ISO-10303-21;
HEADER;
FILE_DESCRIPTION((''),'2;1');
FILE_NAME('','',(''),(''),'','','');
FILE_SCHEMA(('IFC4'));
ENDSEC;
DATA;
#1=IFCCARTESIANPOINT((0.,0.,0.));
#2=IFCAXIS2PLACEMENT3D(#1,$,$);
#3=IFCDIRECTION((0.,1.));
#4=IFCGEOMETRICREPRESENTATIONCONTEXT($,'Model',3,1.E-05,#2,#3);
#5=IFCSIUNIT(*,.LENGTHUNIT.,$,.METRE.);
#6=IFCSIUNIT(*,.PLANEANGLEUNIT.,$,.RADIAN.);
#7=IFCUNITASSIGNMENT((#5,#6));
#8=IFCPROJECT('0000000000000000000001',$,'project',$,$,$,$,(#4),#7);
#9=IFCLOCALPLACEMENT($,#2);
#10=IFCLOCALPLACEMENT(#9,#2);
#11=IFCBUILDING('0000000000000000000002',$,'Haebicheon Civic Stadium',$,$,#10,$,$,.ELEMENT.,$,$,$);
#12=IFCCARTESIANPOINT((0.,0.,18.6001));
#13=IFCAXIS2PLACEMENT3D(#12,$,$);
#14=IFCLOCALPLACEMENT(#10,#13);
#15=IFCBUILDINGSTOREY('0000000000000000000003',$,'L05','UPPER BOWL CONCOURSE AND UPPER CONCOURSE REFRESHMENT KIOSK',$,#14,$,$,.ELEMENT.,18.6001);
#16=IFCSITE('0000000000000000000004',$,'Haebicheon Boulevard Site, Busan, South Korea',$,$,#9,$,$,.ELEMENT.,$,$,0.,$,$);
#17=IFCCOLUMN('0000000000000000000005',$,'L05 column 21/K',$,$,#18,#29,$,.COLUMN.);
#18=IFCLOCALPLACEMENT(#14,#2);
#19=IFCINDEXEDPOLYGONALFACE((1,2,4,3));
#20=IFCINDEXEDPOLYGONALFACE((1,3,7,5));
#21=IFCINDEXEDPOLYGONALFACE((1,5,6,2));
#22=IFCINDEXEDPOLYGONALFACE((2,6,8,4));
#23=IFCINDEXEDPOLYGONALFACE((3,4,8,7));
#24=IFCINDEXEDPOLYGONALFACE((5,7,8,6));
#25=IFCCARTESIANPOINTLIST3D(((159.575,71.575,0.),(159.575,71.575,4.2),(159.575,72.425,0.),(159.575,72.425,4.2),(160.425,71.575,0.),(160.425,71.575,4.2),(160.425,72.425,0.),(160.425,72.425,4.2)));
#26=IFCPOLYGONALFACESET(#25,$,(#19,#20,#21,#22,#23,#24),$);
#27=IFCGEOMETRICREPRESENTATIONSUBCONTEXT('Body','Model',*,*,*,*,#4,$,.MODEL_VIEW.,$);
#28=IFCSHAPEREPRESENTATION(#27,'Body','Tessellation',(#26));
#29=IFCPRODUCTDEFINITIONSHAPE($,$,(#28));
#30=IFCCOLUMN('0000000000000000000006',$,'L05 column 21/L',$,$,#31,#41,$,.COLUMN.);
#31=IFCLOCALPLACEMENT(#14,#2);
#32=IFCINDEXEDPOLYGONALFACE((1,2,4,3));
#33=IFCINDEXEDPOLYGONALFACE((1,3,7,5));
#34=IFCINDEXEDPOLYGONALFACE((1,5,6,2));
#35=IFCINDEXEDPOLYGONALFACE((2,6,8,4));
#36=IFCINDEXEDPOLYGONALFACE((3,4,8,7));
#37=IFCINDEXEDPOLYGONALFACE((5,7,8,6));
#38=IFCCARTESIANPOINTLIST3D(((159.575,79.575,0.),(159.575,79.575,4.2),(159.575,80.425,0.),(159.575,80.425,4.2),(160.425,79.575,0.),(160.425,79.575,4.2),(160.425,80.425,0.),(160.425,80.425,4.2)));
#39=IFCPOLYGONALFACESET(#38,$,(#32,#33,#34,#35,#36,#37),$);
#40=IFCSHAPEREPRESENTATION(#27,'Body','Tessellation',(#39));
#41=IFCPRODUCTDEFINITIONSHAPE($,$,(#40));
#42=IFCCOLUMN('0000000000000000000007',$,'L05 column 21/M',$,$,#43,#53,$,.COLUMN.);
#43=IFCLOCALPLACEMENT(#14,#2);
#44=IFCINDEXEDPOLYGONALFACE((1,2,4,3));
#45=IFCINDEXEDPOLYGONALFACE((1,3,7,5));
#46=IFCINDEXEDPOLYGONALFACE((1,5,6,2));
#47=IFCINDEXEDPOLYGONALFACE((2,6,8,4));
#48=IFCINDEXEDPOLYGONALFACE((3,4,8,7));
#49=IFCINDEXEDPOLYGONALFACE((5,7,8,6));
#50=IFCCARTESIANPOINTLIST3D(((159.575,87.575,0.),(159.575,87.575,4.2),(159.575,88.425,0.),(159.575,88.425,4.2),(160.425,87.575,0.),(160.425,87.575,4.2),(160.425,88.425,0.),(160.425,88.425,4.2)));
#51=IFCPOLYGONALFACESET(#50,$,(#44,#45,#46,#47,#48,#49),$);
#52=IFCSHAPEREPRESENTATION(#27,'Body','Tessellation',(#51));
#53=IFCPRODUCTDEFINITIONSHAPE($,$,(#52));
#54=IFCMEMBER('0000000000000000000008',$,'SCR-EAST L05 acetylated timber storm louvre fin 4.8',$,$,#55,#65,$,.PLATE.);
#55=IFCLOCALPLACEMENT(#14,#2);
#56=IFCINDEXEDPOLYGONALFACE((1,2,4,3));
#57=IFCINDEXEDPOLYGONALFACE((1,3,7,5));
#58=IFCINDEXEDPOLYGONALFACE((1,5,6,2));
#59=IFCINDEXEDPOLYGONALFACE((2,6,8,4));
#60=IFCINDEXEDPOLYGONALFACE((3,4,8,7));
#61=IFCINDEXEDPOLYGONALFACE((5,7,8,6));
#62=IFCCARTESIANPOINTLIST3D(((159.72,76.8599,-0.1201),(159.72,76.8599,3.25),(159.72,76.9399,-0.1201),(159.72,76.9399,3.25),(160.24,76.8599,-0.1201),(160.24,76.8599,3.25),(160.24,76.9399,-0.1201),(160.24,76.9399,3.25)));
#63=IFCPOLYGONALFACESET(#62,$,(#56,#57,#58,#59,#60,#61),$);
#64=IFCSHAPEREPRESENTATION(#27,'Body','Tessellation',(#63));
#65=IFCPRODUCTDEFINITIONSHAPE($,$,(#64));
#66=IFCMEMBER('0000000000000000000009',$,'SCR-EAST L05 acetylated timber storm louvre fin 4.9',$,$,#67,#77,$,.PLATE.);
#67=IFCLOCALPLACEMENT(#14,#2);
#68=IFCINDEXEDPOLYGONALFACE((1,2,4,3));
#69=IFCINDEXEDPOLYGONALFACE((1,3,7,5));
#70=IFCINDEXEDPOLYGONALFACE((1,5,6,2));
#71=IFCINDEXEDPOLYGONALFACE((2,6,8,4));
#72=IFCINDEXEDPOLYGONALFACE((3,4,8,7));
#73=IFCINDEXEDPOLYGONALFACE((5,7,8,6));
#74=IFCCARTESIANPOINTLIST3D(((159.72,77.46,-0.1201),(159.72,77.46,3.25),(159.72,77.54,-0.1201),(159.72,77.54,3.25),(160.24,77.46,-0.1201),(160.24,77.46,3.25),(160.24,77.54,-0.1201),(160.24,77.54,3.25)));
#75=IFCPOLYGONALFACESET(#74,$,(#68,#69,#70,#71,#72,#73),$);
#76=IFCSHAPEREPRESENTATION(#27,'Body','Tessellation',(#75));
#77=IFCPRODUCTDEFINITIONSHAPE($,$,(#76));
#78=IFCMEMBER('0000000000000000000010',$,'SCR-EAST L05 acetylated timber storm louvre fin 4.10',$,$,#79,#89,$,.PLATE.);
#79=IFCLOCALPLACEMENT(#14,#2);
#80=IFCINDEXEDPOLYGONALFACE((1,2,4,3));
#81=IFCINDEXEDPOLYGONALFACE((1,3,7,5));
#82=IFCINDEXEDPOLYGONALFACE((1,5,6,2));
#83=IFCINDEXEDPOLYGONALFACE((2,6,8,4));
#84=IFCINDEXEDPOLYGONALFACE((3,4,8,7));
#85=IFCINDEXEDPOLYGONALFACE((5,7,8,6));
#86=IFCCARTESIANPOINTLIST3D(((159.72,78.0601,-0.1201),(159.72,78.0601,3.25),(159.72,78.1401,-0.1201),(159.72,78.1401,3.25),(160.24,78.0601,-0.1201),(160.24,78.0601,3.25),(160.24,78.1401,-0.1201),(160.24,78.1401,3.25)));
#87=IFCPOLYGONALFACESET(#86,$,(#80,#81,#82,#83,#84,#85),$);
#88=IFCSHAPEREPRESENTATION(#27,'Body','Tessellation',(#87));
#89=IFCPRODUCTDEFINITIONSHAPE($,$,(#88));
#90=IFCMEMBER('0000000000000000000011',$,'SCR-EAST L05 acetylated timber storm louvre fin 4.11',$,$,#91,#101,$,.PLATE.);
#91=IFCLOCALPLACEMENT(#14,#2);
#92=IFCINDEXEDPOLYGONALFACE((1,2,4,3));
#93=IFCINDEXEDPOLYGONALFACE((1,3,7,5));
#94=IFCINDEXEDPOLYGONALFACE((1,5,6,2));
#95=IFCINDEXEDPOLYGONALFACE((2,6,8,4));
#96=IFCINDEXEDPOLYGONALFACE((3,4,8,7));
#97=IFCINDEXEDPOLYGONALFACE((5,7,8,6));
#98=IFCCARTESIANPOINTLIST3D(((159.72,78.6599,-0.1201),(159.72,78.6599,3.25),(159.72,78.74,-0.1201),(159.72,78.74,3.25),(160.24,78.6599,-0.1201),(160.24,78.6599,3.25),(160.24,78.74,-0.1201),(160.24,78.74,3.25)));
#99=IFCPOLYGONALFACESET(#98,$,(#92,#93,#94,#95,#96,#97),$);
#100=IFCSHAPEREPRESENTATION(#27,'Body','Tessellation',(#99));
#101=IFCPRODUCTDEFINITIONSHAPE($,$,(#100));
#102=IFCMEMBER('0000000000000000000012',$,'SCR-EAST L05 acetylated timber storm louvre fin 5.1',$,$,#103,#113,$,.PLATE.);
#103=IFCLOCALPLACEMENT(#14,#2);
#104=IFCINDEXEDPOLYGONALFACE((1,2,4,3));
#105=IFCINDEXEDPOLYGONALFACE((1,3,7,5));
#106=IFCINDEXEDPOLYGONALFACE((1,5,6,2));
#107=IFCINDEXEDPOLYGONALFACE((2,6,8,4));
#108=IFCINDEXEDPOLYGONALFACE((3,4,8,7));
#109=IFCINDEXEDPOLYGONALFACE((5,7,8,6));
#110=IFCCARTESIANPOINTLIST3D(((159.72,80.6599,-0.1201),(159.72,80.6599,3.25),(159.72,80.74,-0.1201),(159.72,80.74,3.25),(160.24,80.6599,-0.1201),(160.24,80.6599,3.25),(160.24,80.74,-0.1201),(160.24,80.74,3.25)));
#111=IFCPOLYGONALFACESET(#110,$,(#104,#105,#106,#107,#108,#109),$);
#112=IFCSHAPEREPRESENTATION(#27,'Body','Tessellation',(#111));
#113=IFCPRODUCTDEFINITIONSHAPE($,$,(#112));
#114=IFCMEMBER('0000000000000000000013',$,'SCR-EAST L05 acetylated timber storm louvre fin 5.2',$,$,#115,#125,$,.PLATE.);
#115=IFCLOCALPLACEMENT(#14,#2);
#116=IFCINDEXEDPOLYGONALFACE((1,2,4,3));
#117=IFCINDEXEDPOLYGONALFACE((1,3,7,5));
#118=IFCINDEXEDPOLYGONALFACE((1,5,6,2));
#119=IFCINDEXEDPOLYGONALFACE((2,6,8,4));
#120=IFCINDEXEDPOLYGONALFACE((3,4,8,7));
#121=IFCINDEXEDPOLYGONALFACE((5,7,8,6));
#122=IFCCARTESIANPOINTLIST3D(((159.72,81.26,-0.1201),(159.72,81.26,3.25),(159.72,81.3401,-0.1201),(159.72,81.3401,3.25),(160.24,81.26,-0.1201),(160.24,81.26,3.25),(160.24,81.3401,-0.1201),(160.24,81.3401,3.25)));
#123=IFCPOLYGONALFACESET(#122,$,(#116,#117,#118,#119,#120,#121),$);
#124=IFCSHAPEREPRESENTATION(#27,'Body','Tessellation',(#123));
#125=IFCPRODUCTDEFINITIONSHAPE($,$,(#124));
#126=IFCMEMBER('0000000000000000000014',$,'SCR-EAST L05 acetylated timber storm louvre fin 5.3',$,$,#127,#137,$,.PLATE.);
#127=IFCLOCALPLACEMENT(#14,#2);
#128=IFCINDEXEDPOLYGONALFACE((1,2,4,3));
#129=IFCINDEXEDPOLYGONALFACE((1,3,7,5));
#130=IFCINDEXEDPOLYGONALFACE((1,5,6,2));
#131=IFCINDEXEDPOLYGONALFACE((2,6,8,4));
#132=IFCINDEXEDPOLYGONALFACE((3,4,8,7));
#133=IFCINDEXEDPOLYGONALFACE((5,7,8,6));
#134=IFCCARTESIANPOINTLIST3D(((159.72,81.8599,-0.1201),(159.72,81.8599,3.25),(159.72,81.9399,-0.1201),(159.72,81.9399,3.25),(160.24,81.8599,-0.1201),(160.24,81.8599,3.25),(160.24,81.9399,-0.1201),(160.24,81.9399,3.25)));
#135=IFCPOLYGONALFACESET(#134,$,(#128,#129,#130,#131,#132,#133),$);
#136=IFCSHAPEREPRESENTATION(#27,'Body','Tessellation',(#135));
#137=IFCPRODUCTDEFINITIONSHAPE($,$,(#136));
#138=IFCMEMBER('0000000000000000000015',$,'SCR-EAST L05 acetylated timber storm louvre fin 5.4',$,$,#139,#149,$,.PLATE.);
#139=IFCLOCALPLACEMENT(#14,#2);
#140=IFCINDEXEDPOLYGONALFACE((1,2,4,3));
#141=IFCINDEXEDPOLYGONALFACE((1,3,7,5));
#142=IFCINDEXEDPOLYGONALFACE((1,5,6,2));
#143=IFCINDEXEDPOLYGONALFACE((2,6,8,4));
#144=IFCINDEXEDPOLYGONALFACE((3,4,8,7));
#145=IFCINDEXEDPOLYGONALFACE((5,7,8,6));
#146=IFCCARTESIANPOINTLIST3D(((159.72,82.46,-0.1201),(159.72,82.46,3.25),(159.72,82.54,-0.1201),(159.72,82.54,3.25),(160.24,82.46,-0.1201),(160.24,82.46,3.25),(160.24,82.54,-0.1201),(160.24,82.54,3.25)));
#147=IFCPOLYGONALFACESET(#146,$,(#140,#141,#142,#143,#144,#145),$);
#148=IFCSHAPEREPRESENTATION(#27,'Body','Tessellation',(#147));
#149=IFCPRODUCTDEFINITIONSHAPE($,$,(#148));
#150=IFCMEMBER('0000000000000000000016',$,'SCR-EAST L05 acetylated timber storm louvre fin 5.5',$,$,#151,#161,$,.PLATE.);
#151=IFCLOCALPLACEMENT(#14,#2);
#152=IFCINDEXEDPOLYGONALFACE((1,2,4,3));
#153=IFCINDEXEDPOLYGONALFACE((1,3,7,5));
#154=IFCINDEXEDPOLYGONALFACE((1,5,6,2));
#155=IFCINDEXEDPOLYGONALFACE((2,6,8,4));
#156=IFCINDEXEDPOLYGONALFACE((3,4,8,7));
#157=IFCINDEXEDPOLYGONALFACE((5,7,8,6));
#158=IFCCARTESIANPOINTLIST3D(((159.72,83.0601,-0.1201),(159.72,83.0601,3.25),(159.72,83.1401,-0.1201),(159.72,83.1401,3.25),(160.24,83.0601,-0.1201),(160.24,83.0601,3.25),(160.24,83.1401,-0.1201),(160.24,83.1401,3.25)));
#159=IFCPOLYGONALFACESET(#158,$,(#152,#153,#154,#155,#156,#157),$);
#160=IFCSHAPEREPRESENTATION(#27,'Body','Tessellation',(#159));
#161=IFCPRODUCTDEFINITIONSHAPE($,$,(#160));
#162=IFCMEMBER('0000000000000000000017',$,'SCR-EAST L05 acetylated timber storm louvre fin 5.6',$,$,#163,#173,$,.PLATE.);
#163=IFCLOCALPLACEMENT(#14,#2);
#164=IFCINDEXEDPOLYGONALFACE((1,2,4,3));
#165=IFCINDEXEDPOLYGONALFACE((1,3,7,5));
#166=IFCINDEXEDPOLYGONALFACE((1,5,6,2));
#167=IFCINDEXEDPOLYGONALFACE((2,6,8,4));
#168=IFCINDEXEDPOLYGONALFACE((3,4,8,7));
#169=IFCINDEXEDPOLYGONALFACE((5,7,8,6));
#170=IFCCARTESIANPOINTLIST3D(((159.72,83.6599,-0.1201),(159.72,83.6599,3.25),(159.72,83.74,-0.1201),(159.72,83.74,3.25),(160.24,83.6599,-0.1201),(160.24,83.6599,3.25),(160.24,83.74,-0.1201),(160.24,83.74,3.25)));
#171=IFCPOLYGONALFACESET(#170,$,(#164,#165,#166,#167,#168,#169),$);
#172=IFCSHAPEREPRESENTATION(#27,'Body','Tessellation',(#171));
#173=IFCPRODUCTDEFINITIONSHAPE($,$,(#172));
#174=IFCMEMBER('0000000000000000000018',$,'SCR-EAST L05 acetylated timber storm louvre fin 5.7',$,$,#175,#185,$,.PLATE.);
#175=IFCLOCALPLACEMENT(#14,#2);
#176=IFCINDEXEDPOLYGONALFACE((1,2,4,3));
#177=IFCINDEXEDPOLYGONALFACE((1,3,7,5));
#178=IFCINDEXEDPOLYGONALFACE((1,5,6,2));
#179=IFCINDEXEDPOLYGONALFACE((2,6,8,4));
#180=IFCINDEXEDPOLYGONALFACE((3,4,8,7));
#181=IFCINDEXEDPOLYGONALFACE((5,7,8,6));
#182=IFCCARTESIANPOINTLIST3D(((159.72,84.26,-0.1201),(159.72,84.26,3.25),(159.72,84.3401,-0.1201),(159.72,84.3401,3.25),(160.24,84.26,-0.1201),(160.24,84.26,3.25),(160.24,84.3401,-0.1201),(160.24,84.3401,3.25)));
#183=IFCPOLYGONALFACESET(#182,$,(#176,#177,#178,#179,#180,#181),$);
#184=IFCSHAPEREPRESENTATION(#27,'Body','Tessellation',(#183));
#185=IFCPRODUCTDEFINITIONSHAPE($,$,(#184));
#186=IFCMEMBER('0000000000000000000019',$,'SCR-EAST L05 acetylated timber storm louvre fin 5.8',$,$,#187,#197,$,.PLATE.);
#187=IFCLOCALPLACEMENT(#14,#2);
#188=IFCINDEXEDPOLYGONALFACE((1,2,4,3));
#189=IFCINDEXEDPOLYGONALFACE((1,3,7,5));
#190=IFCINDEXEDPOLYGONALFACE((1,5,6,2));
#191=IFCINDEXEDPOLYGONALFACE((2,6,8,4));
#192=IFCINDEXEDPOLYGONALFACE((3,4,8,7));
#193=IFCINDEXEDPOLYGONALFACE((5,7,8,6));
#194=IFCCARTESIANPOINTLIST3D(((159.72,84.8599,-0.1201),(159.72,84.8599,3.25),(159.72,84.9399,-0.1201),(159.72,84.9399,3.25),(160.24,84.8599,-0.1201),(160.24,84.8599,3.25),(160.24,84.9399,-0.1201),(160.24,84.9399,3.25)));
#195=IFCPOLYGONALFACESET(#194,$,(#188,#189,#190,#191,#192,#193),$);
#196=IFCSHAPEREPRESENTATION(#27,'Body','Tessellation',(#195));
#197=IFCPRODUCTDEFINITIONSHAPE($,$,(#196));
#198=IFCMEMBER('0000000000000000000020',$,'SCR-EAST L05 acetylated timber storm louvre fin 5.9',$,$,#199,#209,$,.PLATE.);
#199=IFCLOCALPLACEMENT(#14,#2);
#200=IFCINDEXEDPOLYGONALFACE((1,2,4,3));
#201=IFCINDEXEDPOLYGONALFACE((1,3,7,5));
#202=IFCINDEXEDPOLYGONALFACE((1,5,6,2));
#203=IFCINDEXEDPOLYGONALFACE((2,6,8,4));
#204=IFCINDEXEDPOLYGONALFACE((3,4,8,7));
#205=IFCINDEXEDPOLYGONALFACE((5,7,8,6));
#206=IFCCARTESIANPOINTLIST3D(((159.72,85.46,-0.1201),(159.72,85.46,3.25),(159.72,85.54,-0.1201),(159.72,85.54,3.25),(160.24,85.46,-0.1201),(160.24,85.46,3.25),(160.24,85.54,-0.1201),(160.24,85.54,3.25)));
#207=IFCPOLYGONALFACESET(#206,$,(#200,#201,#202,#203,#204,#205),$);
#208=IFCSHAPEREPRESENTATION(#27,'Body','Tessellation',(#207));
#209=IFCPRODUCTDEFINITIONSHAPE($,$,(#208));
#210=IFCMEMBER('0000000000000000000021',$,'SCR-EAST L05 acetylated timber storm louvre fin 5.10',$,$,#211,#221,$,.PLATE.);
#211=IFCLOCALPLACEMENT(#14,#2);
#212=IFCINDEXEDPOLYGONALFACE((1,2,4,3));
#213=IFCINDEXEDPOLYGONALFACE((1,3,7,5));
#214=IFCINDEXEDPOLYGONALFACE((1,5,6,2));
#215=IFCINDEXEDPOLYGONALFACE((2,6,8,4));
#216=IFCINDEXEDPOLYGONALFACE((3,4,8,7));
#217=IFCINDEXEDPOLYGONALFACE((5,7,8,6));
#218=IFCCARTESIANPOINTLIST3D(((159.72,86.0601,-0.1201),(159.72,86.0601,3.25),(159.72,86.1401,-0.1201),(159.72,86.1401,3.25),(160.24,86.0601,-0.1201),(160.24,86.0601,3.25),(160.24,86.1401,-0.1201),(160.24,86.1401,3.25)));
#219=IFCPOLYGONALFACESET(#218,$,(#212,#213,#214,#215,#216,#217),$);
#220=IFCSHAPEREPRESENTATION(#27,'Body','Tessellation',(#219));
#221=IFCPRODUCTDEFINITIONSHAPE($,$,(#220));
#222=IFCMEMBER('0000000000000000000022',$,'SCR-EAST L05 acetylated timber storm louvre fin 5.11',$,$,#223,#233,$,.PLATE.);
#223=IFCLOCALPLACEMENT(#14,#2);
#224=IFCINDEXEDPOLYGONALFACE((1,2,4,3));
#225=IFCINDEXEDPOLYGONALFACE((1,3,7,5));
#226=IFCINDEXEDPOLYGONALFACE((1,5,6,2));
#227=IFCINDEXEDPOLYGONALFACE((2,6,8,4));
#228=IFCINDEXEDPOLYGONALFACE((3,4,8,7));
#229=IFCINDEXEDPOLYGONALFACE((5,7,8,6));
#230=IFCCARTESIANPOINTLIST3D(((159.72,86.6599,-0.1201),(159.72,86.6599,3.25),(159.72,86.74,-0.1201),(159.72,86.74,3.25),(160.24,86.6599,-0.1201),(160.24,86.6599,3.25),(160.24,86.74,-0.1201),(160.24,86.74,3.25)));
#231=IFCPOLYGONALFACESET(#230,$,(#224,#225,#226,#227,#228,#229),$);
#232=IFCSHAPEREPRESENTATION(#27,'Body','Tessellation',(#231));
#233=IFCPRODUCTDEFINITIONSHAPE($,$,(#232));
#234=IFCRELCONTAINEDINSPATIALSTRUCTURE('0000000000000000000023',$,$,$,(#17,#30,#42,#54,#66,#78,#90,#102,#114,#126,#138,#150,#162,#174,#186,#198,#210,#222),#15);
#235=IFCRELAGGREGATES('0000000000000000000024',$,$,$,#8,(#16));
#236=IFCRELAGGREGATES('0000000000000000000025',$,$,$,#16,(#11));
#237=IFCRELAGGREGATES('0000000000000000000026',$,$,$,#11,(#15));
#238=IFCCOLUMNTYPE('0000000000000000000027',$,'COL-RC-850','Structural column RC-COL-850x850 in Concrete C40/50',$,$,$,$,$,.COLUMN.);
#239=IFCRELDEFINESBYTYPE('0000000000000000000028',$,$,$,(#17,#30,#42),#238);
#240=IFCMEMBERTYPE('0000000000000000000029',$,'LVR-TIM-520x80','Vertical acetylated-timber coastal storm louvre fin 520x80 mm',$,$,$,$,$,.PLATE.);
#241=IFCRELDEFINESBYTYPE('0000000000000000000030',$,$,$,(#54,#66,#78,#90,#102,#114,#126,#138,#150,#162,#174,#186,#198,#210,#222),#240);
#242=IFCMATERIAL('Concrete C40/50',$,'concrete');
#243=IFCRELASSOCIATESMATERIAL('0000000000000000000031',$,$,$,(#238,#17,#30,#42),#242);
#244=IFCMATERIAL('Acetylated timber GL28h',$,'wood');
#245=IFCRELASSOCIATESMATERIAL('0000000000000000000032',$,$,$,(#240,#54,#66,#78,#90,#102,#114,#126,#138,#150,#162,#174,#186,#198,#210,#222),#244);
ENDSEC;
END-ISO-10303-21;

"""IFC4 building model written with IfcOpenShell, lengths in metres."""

from ifc_helpers import new_model, si_unit, direction, frame, origin, origin_2d, place, context, subcontext, project, spatial, rectangle, extrude, material, material_profile, profile_set, type_object, element, save


model = new_model("IFC4")

# Units and contexts
model_context = context("Model", 3, precision=1e-05, world=origin(), true_north=direction((0.0, 1.0)))
body_context = subcontext(model_context, "Body", "Model", "MODEL_VIEW")
ifc_project = project(units=[si_unit("LENGTHUNIT", "METRE"), si_unit("PLANEANGLEUNIT", "RADIAN")], contexts=[model_context])

# Site, building, storey
site_placement = place(None, origin())
site = spatial("IfcSite", under=ifc_project, at=site_placement, Name="Haebicheon Boulevard Site, Busan, South Korea", CompositionType="ELEMENT", RefElevation=0.0)
building_placement = place(site_placement, origin())
building = spatial("IfcBuilding", under=site, at=building_placement, Name="Haebicheon Civic Stadium", CompositionType="ELEMENT")
storey_placement = place(building_placement, frame((0.0, 0.0, 18.6001)))
storey = spatial("IfcBuildingStorey", under=building, at=storey_placement, Name="L05", Description="UPPER BOWL CONCOURSE AND UPPER CONCOURSE REFRESHMENT KIOSK", CompositionType="ELEMENT", Elevation=18.6001)

# Columns
ifc_material_1 = material(Name="Concrete C40/50", Category="concrete")
ifc_material_profile_1 = material_profile(ifc_material_1, rectangle(XDim=0.8501, YDim=0.8501, at=origin_2d()), Name="RC-COL-850x850")
ifc_profile_set_1 = profile_set([ifc_material_profile_1], Name="Concrete C40/50")
column_type = type_object("IfcColumnType", Name="COL-RC-850", Description="Structural column RC-COL-850x850 in Concrete C40/50", PredefinedType="COLUMN", material=ifc_profile_set_1)
for number, where, z_axis, x_axis, name in (
    (1, (160.0, 72.0, 0.0), (0.0, 0.0, 1.0), (1.0, 0.0, 0.0), "L05 column 21/K"),
    (2, (160.0, 80.0, 0.0), (0.0, 0.0, 1.0), (1.0, 0.0, 0.0), "L05 column 21/L"),
    (3, (160.0, 88.0, 0.0), (0.0, 0.0, 1.0), (1.0, 0.0, 0.0), "L05 column 21/M"),
):
    element("IfcColumn", number, at=place(storey_placement, frame(where, z_axis=z_axis, x_axis=x_axis)), inside=storey, type_object=column_type, material=ifc_profile_set_1, Name=name, PredefinedType="COLUMN", context=body_context, shape_type="SweptSolid", body=[
        extrude(rectangle(XDim=0.8501, YDim=0.8501, at=origin_2d()), origin(), (0.0, 0.0, 1.0), 4.2),
    ])

# Members
ifc_material_2 = material(Name="Acetylated timber GL28h", Category="wood")
ifc_material_profile_2 = material_profile(ifc_material_2, rectangle(XDim=0.0801, YDim=0.52, at=origin_2d()), Name="TMB-LOUV-80x520")
ifc_profile_set_2 = profile_set([ifc_material_profile_2], Name="Acetylated timber GL28h")
member_type = type_object("IfcMemberType", Name="LVR-TIM-520x80", Description="Vertical acetylated-timber coastal storm louvre fin 520x80 mm", PredefinedType="PLATE", material=ifc_profile_set_2)
for number, where, z_axis, x_axis, name in (
    (4, (159.98, 76.8999, -0.1201), (0.0, 0.0, 1.0), (0.0, 1.0, 0.0), "SCR-EAST L05 acetylated timber storm louvre fin 4.8"),
    (5, (159.98, 77.5, -0.1201), (0.0, 0.0, 1.0), (0.0, 1.0, 0.0), "SCR-EAST L05 acetylated timber storm louvre fin 4.9"),
    (6, (159.98, 78.1001, -0.1201), (0.0, 0.0, 1.0), (0.0, 1.0, 0.0), "SCR-EAST L05 acetylated timber storm louvre fin 4.10"),
    (7, (159.98, 78.7, -0.1201), (0.0, 0.0, 1.0), (0.0, 1.0, 0.0), "SCR-EAST L05 acetylated timber storm louvre fin 4.11"),
    (8, (159.98, 80.7, -0.1201), (0.0, 0.0, 1.0), (0.0, 1.0, 0.0), "SCR-EAST L05 acetylated timber storm louvre fin 5.1"),
    (9, (159.98, 81.3, -0.1201), (0.0, 0.0, 1.0), (0.0, 1.0, 0.0), "SCR-EAST L05 acetylated timber storm louvre fin 5.2"),
    (10, (159.98, 81.8999, -0.1201), (0.0, 0.0, 1.0), (0.0, 1.0, 0.0), "SCR-EAST L05 acetylated timber storm louvre fin 5.3"),
    (11, (159.98, 82.5, -0.1201), (0.0, 0.0, 1.0), (0.0, 1.0, 0.0), "SCR-EAST L05 acetylated timber storm louvre fin 5.4"),
    (12, (159.98, 83.1001, -0.1201), (0.0, 0.0, 1.0), (0.0, 1.0, 0.0), "SCR-EAST L05 acetylated timber storm louvre fin 5.5"),
    (13, (159.98, 83.7, -0.1201), (0.0, 0.0, 1.0), (0.0, 1.0, 0.0), "SCR-EAST L05 acetylated timber storm louvre fin 5.6"),
    (14, (159.98, 84.3, -0.1201), (0.0, 0.0, 1.0), (0.0, 1.0, 0.0), "SCR-EAST L05 acetylated timber storm louvre fin 5.7"),
    (15, (159.98, 84.8999, -0.1201), (0.0, 0.0, 1.0), (0.0, 1.0, 0.0), "SCR-EAST L05 acetylated timber storm louvre fin 5.8"),
    (16, (159.98, 85.5, -0.1201), (0.0, 0.0, 1.0), (0.0, 1.0, 0.0), "SCR-EAST L05 acetylated timber storm louvre fin 5.9"),
    (17, (159.98, 86.1001, -0.1201), (0.0, 0.0, 1.0), (0.0, 1.0, 0.0), "SCR-EAST L05 acetylated timber storm louvre fin 5.10"),
    (18, (159.98, 86.7, -0.1201), (0.0, 0.0, 1.0), (0.0, 1.0, 0.0), "SCR-EAST L05 acetylated timber storm louvre fin 5.11"),
):
    element("IfcMember", number, at=place(storey_placement, frame(where, z_axis=z_axis, x_axis=x_axis)), inside=storey, type_object=member_type, material=ifc_profile_set_2, Name=name, PredefinedType="PLATE", context=body_context, shape_type="SweptSolid", body=[
        extrude(rectangle(XDim=0.0801, YDim=0.52, at=origin_2d()), origin(), (0.0, 0.0, 1.0), 3.3701),
    ])

save(model, "model.ifc")
